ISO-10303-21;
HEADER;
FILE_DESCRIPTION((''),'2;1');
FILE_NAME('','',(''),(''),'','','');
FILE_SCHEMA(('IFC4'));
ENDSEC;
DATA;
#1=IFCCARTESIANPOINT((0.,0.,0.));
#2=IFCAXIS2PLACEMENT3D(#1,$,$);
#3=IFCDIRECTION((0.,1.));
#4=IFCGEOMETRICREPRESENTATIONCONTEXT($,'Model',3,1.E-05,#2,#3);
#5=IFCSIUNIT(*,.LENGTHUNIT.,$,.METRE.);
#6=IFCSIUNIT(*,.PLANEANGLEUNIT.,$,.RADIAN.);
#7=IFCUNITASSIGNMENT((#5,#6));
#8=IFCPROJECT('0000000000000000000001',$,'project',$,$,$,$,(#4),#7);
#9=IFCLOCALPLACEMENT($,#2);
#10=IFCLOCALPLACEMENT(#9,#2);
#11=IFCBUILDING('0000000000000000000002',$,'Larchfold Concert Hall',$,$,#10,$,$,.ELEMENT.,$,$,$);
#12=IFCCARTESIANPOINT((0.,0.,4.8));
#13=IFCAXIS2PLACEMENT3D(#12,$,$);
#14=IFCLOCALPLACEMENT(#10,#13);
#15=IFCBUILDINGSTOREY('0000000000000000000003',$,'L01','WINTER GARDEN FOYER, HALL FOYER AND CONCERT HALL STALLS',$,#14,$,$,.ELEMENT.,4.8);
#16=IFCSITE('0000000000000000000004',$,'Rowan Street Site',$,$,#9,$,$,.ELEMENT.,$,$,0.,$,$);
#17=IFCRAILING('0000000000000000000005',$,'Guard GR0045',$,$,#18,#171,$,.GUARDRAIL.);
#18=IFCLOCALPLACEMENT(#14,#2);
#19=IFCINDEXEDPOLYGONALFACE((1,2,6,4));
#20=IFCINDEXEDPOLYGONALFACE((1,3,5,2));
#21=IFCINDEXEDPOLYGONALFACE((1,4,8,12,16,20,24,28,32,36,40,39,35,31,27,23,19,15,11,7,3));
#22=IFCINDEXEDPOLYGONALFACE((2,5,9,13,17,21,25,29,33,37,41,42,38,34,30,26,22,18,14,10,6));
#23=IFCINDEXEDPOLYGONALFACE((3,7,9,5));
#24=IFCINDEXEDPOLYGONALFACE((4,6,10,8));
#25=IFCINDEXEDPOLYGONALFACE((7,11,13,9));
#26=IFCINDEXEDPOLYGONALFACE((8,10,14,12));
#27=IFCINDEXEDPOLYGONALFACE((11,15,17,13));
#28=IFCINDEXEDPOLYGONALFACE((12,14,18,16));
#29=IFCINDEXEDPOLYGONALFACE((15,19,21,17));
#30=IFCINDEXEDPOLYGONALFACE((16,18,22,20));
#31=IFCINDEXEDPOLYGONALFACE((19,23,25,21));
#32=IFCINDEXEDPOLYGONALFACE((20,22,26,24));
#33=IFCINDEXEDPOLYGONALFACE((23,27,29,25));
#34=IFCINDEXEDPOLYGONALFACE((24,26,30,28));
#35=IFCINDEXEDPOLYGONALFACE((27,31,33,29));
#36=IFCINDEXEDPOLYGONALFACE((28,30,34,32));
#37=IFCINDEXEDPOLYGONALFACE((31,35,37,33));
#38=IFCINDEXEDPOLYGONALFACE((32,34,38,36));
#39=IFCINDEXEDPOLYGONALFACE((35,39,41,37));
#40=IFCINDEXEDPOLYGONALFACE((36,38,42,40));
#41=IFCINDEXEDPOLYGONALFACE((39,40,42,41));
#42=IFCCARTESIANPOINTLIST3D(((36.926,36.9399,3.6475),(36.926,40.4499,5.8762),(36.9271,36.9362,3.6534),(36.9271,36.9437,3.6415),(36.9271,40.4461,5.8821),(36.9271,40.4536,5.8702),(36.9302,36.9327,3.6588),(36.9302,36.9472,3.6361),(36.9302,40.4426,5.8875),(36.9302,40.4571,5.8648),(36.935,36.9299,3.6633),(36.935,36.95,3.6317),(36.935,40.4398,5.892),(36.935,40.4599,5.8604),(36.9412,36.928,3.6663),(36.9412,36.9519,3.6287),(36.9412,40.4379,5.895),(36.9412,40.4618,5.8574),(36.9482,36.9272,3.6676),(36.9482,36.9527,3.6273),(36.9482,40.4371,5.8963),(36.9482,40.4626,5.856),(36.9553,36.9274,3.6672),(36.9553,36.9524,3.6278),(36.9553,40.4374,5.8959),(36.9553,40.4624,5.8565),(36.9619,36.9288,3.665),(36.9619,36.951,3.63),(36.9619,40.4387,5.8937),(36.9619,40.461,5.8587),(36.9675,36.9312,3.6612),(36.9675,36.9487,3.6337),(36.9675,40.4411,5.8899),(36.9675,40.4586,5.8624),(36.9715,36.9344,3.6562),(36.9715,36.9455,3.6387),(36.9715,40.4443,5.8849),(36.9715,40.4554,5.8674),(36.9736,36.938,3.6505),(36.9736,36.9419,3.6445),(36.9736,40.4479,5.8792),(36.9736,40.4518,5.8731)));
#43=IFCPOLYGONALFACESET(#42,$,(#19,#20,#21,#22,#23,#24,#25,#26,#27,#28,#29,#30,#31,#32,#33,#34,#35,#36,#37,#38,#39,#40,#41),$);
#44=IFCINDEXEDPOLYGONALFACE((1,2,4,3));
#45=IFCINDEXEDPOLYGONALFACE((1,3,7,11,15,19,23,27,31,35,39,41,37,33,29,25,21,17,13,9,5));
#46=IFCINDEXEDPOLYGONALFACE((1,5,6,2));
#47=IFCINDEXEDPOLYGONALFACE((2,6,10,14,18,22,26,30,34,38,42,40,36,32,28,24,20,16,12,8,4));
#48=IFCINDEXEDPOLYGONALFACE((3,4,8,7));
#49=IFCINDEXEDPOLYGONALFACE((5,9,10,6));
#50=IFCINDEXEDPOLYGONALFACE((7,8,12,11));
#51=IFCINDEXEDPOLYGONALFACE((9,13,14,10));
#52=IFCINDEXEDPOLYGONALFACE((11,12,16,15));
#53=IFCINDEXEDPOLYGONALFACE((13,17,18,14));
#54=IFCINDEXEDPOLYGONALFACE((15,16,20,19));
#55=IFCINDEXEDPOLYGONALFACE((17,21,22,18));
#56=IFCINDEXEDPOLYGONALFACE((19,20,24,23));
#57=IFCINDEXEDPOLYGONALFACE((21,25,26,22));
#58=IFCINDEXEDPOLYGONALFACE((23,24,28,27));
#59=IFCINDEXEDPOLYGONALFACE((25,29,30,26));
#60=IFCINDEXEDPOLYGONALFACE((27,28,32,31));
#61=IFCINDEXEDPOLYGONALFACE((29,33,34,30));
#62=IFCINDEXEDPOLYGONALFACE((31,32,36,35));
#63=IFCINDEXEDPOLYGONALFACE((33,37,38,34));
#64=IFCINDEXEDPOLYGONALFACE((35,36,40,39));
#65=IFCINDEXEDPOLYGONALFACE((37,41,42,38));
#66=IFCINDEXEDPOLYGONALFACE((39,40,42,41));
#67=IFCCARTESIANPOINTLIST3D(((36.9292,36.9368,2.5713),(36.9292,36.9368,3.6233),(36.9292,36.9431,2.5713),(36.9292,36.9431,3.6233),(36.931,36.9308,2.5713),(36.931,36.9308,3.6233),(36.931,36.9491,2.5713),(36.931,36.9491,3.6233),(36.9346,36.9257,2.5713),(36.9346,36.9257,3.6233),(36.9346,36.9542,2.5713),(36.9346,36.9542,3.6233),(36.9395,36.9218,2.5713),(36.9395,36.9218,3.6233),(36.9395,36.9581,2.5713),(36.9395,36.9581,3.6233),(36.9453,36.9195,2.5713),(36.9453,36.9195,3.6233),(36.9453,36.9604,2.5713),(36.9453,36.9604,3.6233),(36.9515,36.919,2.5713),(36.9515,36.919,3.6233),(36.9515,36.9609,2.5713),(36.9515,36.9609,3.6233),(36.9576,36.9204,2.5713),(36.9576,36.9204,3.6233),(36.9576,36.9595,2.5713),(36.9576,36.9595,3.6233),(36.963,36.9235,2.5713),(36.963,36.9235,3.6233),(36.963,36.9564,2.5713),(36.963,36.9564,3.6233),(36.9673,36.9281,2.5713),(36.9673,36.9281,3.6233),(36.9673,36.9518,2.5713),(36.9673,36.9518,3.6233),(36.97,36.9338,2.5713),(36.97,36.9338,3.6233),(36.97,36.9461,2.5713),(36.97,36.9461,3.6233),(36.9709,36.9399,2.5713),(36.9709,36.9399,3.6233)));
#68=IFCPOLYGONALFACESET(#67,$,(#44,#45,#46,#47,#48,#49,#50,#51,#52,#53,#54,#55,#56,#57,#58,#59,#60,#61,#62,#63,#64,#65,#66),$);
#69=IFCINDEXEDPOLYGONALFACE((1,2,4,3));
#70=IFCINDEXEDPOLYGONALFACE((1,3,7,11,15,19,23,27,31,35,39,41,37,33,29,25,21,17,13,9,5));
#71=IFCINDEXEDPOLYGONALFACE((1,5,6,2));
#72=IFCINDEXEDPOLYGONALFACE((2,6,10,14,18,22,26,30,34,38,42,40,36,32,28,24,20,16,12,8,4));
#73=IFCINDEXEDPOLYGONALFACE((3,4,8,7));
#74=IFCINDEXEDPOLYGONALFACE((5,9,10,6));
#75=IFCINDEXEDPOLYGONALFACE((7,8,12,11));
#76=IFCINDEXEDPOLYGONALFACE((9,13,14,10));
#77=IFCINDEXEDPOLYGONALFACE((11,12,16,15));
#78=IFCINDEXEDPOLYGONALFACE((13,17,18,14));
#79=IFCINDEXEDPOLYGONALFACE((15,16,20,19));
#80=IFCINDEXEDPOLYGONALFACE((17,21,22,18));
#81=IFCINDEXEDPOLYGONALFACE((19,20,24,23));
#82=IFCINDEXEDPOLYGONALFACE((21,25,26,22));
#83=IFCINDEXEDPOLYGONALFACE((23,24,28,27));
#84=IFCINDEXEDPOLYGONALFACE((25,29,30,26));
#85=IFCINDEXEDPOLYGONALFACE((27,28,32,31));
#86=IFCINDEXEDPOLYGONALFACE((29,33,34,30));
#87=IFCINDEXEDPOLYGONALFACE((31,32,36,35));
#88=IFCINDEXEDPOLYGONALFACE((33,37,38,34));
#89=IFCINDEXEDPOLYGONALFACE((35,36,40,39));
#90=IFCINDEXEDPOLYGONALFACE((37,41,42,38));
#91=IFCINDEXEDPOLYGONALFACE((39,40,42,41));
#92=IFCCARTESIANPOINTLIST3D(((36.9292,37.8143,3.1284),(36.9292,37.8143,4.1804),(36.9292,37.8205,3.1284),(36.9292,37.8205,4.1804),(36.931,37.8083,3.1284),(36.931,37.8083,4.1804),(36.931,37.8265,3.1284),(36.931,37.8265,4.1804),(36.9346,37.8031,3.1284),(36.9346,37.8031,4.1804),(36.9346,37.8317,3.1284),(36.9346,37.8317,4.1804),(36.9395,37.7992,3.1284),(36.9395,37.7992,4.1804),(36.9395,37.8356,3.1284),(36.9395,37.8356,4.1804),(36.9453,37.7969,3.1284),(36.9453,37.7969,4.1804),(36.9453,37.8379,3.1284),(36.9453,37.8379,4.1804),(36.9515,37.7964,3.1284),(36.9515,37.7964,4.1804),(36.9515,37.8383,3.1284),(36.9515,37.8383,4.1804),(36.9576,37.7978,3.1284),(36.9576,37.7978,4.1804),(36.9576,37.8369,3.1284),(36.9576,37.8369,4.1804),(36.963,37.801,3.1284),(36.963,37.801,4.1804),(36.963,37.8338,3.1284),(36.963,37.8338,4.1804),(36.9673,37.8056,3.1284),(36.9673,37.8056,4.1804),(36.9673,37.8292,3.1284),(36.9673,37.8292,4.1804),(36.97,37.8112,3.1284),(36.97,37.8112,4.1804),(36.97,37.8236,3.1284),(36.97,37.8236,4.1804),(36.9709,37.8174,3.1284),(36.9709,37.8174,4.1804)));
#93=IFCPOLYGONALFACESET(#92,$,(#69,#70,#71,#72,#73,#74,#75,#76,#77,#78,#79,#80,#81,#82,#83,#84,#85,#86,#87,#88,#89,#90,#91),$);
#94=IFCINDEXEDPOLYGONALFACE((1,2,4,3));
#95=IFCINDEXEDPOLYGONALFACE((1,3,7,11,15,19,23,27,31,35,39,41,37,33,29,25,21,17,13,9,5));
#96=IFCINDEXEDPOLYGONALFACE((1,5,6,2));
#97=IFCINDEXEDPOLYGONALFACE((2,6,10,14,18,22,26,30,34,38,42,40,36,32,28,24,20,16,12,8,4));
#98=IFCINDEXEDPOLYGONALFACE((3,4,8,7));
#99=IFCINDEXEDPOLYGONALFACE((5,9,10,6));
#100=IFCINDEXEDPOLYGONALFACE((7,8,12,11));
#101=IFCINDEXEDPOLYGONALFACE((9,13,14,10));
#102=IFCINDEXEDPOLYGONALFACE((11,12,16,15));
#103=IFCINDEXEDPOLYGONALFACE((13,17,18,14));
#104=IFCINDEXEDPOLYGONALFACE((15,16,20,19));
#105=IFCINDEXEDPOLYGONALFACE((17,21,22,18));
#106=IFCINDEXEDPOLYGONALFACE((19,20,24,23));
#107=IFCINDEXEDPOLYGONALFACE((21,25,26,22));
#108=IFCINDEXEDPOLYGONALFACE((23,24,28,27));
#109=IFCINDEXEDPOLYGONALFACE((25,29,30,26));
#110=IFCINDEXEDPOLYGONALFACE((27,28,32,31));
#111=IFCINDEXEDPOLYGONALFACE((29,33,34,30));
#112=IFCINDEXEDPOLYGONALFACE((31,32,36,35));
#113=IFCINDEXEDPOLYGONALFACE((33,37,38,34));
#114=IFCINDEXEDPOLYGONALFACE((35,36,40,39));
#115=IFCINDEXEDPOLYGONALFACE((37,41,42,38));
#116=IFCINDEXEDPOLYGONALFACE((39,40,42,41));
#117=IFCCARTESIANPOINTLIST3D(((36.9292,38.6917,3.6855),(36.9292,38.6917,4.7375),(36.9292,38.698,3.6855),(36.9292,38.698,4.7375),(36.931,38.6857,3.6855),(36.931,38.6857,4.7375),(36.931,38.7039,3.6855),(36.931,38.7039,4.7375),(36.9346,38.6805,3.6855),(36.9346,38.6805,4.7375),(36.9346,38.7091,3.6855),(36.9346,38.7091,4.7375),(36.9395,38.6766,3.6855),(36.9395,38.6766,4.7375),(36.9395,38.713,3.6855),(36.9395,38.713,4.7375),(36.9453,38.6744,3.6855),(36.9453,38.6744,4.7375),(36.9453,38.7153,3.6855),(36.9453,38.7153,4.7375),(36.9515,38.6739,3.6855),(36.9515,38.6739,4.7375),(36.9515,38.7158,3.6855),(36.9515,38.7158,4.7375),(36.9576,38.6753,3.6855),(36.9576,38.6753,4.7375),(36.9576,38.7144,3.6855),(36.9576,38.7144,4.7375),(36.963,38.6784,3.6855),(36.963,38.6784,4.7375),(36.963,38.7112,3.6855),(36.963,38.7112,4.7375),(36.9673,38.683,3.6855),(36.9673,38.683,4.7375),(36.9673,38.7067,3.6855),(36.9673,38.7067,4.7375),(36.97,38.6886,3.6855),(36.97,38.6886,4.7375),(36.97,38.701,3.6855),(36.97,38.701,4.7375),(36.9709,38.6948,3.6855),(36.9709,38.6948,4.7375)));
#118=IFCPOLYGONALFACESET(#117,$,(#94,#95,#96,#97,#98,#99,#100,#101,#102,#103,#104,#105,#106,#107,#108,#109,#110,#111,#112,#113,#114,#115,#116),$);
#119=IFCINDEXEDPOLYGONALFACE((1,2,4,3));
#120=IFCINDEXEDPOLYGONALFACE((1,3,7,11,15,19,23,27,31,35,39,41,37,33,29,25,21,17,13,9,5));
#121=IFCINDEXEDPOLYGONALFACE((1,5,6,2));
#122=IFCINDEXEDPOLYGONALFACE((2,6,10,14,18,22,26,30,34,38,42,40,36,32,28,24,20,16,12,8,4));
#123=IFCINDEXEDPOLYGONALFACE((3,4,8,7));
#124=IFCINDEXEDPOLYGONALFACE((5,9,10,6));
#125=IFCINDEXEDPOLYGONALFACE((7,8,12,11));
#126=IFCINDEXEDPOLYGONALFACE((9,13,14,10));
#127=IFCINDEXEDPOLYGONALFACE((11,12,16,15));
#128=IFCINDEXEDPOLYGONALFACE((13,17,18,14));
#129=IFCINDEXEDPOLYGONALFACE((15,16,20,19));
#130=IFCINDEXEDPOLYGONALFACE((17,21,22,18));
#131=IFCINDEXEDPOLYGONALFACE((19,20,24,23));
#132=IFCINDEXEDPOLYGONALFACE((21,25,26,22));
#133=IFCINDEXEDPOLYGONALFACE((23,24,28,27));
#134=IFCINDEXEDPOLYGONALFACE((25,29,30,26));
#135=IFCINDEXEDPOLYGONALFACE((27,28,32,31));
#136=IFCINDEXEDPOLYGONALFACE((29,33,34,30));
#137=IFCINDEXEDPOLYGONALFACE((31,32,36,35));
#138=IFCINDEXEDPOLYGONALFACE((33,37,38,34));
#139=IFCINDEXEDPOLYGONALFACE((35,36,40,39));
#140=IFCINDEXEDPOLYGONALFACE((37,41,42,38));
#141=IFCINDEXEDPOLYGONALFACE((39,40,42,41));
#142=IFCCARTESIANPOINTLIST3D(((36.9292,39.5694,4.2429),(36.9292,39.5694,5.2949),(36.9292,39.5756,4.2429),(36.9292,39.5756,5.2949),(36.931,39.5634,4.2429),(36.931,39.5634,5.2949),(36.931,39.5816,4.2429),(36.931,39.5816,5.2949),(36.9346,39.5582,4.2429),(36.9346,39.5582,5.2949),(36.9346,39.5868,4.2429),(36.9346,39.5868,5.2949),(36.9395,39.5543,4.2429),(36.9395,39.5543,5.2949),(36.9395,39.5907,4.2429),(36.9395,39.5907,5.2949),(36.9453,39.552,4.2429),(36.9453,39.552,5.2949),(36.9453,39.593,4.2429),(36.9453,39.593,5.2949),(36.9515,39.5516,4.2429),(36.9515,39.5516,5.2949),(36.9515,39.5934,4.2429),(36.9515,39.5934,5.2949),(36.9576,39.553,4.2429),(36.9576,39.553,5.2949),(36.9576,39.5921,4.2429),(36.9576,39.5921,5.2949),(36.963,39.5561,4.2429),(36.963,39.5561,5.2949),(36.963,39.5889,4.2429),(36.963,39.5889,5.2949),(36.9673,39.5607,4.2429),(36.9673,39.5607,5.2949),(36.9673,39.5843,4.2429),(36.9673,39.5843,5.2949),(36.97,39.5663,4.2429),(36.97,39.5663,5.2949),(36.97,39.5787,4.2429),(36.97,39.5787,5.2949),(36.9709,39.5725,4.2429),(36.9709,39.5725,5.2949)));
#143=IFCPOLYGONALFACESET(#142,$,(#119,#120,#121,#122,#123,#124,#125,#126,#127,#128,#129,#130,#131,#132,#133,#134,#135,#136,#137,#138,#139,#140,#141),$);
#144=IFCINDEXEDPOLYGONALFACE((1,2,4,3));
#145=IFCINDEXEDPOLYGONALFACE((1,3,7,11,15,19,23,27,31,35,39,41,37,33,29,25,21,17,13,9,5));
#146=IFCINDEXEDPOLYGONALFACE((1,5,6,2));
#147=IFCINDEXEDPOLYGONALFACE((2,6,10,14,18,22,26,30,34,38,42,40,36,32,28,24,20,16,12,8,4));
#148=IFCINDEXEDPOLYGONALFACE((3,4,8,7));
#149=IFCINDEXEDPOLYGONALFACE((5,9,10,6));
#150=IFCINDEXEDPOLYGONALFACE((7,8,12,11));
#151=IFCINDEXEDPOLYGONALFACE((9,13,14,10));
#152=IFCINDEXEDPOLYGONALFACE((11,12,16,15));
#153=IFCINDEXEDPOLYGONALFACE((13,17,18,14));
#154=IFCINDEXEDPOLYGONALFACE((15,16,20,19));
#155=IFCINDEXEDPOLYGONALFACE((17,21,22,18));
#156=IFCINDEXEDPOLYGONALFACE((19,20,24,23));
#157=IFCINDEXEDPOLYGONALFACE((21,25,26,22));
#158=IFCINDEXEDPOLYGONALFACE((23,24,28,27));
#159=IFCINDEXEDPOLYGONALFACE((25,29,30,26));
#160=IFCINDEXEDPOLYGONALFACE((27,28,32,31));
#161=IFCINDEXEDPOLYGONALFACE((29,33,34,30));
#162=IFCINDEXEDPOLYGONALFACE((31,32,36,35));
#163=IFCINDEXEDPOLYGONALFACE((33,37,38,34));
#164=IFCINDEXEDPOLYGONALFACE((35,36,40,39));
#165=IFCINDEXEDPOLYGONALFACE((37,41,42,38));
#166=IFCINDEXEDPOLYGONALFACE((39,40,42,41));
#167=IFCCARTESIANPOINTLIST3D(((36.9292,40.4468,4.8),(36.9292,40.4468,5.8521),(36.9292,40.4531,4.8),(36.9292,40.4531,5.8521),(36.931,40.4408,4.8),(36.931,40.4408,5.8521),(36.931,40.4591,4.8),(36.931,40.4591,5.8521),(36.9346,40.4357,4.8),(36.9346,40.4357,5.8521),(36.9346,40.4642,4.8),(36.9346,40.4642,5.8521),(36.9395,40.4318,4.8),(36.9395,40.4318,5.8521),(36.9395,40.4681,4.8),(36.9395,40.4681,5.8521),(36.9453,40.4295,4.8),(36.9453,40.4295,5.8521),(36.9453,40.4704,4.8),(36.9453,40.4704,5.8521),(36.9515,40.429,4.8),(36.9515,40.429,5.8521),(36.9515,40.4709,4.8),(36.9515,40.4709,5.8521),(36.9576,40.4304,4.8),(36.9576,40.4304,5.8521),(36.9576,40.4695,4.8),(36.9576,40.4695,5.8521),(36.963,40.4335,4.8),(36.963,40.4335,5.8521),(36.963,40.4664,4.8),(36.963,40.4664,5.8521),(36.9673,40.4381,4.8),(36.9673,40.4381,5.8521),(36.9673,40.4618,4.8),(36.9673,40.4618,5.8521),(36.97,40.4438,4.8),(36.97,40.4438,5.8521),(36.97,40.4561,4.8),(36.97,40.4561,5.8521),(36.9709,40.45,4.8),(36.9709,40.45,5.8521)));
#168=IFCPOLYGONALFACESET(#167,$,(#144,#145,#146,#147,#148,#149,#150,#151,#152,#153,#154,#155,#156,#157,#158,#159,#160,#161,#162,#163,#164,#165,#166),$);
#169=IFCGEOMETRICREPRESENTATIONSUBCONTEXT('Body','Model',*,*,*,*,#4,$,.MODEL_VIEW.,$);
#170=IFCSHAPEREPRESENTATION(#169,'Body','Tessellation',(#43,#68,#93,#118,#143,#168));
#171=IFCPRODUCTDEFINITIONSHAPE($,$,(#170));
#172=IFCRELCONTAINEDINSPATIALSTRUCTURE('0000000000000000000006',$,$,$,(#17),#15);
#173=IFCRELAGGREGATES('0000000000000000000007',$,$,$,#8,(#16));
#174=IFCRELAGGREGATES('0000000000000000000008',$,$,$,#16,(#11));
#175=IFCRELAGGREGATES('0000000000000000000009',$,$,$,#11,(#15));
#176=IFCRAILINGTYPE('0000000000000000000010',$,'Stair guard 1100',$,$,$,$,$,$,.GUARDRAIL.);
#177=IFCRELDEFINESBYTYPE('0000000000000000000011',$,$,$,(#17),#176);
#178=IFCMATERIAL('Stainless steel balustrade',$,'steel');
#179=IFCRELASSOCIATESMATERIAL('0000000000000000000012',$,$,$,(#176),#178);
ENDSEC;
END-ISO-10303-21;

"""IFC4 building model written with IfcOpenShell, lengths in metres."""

from ifc_helpers import new_model, si_unit, direction, frame, origin, origin_2d, place, context, subcontext, project, spatial, circle, extrude, material, type_object, element, save


model = new_model("IFC4")

# Units and contexts
model_context = context("Model", 3, precision=1e-05, world=origin(), true_north=direction((0.0, 1.0)))
body_context = subcontext(model_context, "Body", "Model", "MODEL_VIEW")
ifc_project = project(units=[si_unit("LENGTHUNIT", "METRE"), si_unit("PLANEANGLEUNIT", "RADIAN")], contexts=[model_context])

# Site, building, storey
site_placement = place(None, origin())
site = spatial("IfcSite", under=ifc_project, at=site_placement, Name="Rowan Street Site", CompositionType="ELEMENT", RefElevation=0.0)
building_placement = place(site_placement, origin())
building = spatial("IfcBuilding", under=site, at=building_placement, Name="Larchfold Concert Hall", CompositionType="ELEMENT")
storey_placement = place(building_placement, frame((0.0, 0.0, 4.8)))
storey = spatial("IfcBuildingStorey", under=building, at=storey_placement, Name="L01", Description="WINTER GARDEN FOYER, HALL FOYER AND CONCERT HALL STALLS", CompositionType="ELEMENT", Elevation=4.8)

# Railing
ifc_material_1 = material(Name="Stainless steel balustrade", Category="steel")
railing_type_1 = type_object("IfcRailingType", Name="Stair guard 1100", PredefinedType="GUARDRAIL", material=ifc_material_1)
railing_1_placement = place(storey_placement, frame((36.95, 36.9399, 2.5713)))
element("IfcRailing", 1, at=railing_1_placement, inside=storey, type_object=railing_type_1, Name="Guard GR0045", PredefinedType="GUARDRAIL", context=body_context, shape_type="SweptSolid", body=[
    extrude(circle(Radius=0.0239, at=origin_2d()), frame((0.0, 0.0, 1.0762), z_axis=(0.0, 0.844193, 0.536039), x_axis=(-1.0, 0.0, 0.0)), (0.0, 0.0, 1.0), 4.1577),
    extrude(circle(Radius=0.021, at=origin_2d()), origin(), (0.0, 0.0, 1.0), 1.052),
    extrude(circle(Radius=0.021, at=origin_2d()), frame((0.0, 0.8774, 0.5571)), (0.0, 0.0, 1.0), 1.052),
    extrude(circle(Radius=0.021, at=origin_2d()), frame((0.0, 1.7549, 1.1143)), (0.0, 0.0, 1.0), 1.052),
    extrude(circle(Radius=0.021, at=origin_2d()), frame((0.0, 2.6326, 1.6716)), (0.0, 0.0, 1.0), 1.052),
    extrude(circle(Radius=0.021, at=origin_2d()), frame((0.0, 3.51, 2.2288)), (0.0, 0.0, 1.0), 1.052),
])

save(model, "model.ifc")
